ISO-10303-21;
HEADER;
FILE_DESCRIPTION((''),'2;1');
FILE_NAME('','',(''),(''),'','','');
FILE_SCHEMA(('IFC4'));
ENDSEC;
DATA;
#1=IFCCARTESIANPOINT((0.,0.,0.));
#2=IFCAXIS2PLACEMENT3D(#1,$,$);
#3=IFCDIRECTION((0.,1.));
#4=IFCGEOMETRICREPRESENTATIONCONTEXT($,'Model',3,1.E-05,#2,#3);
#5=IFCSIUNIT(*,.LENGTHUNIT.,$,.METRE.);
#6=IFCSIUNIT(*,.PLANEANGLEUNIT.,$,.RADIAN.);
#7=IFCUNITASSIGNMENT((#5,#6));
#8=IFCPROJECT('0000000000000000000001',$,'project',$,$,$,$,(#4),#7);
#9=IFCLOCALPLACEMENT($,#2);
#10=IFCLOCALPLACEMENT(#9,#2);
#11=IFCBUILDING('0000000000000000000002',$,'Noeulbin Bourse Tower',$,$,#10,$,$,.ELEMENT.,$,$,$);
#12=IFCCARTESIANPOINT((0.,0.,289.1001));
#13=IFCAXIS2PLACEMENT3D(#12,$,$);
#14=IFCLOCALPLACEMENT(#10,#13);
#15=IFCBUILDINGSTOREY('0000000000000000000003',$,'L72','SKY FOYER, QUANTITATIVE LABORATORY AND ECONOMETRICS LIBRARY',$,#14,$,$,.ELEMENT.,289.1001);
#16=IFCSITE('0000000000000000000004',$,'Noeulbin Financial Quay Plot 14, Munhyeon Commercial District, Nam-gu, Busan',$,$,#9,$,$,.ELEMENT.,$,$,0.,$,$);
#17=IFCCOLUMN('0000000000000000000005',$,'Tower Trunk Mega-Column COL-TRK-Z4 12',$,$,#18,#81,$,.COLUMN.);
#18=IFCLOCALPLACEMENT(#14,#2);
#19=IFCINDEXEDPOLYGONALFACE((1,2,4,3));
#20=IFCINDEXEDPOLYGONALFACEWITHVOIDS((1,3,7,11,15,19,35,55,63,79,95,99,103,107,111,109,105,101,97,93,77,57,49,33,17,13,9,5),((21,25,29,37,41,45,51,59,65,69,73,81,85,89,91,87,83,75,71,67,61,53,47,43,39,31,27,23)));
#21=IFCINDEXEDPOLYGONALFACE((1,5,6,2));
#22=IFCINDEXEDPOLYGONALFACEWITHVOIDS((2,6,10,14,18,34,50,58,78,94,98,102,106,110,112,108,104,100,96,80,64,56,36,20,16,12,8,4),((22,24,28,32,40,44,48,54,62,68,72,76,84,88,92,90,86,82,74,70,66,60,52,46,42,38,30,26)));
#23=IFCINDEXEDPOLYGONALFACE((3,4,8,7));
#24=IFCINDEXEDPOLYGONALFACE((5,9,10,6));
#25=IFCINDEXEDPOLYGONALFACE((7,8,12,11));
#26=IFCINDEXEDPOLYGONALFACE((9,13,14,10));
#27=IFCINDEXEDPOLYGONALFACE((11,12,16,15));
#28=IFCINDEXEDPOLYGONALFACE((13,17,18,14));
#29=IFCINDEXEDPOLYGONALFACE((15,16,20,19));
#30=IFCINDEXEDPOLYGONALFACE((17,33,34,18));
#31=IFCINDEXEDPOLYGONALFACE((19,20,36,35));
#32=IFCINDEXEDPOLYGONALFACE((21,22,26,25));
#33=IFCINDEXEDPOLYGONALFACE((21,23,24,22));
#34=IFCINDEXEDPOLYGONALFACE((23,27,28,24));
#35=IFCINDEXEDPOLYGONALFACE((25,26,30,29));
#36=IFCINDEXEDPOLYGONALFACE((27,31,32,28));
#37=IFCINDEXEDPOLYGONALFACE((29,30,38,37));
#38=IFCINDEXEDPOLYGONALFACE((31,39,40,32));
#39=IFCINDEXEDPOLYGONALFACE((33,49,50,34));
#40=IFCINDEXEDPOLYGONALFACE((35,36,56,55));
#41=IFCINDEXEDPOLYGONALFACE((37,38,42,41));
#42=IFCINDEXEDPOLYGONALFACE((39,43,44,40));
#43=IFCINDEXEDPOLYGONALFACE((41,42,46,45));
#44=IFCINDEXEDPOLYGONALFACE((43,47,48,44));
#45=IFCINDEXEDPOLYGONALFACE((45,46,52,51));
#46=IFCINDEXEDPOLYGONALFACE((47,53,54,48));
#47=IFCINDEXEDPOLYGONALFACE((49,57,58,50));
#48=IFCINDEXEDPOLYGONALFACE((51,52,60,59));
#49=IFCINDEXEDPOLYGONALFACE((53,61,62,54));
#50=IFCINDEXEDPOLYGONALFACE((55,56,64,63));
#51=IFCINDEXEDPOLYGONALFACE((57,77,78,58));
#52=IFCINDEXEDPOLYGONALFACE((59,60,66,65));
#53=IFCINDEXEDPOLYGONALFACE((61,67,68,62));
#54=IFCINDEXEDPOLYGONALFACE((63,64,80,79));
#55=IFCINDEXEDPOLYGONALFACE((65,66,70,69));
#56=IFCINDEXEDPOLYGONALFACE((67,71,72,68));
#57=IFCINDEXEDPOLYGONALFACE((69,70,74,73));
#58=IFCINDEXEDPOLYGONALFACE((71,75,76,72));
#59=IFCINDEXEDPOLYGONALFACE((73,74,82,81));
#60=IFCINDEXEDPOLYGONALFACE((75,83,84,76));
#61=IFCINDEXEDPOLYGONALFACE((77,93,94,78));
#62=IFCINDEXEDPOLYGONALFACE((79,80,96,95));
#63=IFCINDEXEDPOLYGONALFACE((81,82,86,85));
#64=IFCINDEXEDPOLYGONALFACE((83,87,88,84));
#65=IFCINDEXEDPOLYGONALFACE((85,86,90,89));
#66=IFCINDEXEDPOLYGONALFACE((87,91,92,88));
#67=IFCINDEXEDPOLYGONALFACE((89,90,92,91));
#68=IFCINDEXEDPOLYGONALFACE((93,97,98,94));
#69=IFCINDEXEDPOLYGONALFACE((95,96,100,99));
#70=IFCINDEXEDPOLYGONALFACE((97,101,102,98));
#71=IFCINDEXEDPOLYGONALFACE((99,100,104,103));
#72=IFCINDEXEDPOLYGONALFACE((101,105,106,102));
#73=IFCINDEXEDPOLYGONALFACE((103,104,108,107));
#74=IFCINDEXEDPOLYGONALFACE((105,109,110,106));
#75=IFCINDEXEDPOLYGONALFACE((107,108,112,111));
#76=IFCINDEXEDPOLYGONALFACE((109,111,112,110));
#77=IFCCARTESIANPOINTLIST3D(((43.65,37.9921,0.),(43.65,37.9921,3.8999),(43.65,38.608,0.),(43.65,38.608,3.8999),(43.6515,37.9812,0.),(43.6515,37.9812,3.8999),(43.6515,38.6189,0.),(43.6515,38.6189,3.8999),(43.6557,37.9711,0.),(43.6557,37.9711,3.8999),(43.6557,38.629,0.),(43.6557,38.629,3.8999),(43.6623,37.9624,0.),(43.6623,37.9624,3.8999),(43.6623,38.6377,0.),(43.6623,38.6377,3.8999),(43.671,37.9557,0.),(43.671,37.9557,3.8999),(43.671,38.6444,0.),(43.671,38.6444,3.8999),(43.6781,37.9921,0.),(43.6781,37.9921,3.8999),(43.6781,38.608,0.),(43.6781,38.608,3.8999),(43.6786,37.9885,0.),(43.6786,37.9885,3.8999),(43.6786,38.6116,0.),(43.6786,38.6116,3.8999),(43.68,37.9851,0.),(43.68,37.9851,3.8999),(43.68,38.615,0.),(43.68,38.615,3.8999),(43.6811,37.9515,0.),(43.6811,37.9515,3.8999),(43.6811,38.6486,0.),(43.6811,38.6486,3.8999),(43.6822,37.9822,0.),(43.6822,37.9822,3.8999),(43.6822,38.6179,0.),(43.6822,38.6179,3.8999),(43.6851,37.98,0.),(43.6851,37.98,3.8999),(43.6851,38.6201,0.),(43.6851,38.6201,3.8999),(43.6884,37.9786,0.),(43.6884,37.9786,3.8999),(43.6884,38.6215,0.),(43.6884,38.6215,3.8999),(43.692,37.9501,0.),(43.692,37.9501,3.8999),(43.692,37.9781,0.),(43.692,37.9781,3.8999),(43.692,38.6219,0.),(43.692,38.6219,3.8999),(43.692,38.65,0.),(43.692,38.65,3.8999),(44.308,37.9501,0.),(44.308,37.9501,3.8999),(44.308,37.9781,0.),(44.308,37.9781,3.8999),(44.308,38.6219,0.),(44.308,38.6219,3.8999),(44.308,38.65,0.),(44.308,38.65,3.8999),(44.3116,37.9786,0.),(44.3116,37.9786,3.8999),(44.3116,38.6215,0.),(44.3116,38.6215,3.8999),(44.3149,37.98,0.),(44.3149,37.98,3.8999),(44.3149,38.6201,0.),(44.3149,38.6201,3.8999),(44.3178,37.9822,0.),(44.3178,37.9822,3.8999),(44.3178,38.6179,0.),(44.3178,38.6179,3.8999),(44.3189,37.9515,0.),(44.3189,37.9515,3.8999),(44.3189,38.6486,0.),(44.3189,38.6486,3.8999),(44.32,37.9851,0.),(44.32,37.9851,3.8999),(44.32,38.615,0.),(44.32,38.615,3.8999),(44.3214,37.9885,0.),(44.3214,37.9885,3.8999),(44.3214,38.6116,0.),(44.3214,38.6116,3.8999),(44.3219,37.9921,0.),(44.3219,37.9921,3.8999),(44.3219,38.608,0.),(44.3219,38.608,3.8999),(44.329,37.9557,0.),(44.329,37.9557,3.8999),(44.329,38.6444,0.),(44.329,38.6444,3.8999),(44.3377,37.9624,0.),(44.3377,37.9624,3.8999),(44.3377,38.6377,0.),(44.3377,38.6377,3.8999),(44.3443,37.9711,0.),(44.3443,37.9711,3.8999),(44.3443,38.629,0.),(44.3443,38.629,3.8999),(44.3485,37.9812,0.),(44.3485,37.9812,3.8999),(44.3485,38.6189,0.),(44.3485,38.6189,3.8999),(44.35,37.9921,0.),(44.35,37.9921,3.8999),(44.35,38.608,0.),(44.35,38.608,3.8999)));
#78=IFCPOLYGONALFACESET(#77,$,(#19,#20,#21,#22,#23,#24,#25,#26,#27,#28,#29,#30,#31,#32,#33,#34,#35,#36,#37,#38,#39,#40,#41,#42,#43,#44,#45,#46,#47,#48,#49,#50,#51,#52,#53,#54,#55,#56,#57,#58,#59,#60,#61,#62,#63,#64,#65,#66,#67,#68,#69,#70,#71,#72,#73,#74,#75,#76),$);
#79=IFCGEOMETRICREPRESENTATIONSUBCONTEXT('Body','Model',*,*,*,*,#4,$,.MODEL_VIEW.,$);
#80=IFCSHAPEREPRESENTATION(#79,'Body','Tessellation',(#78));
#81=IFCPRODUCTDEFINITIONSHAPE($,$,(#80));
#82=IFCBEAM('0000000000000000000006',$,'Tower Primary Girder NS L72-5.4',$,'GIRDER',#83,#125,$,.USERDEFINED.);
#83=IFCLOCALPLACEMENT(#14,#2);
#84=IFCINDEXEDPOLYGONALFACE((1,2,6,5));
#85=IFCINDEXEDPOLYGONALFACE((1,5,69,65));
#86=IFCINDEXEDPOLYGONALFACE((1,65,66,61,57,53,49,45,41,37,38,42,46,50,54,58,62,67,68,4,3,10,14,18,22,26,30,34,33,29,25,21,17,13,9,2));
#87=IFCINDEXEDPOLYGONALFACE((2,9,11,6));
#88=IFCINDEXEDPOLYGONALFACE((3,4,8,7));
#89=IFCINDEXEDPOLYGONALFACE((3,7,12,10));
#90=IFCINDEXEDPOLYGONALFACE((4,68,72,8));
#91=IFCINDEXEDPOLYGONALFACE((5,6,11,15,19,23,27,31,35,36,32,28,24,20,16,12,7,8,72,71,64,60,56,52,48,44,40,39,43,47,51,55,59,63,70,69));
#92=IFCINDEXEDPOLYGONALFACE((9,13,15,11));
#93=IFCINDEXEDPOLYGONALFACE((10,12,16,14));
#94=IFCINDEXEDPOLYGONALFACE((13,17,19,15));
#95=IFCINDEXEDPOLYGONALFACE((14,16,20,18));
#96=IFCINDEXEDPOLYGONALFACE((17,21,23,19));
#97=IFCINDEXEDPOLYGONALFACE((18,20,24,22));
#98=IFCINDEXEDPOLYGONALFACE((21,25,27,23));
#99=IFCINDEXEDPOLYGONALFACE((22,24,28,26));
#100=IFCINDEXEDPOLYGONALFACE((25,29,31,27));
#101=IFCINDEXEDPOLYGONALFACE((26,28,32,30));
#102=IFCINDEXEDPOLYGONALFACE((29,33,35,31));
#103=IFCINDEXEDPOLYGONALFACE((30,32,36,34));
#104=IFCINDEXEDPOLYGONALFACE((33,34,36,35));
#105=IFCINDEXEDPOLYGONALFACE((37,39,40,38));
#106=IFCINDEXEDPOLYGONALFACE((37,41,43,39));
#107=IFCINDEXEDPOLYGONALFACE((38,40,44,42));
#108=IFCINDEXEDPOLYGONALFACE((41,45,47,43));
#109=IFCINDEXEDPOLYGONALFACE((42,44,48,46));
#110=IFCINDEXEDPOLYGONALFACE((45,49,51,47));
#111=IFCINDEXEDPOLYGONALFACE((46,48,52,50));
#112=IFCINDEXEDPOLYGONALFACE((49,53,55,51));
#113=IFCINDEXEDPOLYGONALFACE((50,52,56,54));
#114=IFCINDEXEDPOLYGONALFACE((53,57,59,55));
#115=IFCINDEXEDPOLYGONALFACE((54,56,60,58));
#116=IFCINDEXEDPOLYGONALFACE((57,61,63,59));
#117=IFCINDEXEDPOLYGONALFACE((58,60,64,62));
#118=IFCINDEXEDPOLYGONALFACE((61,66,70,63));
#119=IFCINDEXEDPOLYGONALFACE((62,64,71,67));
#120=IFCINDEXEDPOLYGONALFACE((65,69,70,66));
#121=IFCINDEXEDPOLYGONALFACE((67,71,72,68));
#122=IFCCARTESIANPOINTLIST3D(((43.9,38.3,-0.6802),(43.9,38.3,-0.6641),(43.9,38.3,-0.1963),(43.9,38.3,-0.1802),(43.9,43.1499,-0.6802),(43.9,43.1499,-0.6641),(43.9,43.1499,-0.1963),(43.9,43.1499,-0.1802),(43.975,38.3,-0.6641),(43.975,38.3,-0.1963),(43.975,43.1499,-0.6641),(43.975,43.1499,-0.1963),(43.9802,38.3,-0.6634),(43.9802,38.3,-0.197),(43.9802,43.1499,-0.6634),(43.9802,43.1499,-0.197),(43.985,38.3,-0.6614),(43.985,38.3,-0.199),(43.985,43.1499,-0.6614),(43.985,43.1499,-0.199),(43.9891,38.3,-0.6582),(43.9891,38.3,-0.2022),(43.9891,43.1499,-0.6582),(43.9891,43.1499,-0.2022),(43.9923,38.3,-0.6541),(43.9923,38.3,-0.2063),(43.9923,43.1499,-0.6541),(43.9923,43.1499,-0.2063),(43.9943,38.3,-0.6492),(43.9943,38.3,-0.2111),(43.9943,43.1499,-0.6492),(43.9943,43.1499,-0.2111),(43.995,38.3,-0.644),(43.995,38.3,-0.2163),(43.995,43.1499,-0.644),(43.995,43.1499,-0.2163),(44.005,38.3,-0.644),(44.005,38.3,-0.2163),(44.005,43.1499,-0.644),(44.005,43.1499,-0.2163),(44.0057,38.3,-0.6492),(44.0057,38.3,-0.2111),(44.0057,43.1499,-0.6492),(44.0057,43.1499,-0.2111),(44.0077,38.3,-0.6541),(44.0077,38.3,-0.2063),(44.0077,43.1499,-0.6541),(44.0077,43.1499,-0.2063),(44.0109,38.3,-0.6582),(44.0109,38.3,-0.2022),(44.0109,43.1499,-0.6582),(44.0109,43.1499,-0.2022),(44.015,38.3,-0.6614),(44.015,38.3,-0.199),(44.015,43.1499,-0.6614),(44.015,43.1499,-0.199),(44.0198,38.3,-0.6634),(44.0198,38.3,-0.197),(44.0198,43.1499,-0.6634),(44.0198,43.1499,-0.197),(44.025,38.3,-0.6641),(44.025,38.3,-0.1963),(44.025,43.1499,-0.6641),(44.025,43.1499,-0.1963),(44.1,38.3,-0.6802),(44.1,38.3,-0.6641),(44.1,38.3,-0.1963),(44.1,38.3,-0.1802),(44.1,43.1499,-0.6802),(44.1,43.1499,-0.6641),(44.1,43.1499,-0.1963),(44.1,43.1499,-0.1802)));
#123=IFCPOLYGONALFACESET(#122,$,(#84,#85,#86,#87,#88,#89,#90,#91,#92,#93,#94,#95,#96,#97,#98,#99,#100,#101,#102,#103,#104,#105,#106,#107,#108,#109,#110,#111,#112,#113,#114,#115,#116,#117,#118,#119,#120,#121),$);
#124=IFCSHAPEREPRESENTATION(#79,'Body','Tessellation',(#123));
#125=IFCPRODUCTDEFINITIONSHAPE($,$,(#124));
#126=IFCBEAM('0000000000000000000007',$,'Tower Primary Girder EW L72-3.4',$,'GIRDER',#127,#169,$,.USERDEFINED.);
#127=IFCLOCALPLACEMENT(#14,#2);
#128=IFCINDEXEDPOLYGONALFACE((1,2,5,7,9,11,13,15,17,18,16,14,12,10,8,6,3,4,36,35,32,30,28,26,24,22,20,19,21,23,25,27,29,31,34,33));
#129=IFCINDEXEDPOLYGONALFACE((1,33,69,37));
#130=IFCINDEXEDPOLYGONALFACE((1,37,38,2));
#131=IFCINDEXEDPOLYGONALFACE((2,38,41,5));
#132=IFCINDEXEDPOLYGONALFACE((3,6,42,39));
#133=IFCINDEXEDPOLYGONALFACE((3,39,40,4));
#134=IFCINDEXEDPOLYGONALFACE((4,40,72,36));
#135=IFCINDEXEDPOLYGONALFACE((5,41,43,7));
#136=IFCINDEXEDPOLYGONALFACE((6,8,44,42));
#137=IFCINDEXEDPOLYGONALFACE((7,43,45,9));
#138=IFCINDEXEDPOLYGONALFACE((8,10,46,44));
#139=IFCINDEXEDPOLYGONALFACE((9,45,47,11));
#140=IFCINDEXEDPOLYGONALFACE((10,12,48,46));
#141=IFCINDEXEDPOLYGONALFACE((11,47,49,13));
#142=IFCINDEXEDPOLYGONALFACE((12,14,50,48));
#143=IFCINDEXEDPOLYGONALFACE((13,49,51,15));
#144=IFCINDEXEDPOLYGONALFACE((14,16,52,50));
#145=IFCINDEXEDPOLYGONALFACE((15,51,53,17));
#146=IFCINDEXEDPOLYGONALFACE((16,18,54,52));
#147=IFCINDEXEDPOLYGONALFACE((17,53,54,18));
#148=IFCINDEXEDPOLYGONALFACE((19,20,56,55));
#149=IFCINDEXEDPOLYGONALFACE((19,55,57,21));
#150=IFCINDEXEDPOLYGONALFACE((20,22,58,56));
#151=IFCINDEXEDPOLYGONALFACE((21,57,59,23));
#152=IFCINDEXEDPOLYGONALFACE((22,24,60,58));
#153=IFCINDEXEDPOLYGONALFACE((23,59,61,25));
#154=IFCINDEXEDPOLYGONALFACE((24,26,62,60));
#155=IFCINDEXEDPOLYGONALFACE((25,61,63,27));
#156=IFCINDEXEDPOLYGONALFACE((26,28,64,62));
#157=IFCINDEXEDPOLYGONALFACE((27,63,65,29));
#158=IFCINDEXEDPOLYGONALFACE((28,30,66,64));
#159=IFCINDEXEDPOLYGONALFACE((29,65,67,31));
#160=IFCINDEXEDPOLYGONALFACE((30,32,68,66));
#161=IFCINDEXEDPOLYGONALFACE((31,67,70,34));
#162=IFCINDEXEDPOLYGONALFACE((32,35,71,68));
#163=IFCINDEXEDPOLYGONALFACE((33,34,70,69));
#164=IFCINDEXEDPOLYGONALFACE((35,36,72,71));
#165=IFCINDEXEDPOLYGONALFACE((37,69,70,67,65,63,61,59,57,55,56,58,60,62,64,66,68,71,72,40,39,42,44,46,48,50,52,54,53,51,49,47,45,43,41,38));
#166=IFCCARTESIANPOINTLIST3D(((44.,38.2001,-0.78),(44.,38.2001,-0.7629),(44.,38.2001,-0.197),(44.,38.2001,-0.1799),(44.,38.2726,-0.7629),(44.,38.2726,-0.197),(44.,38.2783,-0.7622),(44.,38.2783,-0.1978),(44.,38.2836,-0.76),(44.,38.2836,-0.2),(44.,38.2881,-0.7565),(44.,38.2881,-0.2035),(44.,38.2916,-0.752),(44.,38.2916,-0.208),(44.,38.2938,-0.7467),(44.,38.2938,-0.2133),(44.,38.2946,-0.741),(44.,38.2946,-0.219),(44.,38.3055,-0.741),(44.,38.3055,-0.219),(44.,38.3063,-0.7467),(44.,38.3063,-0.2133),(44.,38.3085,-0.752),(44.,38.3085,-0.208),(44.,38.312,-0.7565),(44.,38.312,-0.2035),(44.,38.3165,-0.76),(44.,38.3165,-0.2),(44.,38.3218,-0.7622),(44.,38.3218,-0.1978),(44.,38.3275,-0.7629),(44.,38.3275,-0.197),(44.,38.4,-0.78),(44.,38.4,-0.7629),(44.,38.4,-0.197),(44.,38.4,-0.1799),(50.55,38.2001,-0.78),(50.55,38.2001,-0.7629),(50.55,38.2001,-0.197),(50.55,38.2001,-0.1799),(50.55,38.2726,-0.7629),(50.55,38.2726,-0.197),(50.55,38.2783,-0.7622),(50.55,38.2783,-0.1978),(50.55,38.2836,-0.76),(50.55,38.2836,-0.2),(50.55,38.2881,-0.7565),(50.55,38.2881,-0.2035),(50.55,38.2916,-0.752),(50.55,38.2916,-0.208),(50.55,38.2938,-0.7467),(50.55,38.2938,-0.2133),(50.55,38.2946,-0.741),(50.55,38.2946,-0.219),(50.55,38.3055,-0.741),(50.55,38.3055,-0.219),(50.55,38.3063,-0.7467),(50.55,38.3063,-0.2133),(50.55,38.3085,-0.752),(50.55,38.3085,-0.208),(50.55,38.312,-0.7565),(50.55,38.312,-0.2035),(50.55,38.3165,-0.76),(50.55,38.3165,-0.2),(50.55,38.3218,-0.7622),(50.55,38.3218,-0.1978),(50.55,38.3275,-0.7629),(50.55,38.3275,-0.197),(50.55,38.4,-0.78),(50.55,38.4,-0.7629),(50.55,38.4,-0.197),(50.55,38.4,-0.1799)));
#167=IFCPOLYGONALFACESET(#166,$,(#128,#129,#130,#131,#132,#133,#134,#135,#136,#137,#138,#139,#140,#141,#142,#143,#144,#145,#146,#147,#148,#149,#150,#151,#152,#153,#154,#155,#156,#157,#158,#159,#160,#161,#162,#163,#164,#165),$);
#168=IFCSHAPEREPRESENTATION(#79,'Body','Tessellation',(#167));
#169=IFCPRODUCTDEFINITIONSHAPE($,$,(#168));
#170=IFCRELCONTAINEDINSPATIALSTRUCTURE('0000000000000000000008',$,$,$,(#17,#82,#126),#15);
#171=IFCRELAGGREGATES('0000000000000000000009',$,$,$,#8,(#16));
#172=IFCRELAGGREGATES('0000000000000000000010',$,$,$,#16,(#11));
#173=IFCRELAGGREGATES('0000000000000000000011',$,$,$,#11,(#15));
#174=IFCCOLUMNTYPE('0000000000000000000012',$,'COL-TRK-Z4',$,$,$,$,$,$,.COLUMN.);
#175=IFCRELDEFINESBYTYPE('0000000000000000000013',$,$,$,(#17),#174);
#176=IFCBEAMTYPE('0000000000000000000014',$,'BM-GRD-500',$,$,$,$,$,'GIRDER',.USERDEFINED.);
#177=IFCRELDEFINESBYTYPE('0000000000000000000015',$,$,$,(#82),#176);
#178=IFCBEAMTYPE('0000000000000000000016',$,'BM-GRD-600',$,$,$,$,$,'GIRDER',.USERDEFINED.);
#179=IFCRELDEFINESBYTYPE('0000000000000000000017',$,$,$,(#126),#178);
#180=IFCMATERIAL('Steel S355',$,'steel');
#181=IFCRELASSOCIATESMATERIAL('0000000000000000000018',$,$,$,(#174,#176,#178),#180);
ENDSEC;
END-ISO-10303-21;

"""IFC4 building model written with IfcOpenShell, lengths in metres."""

from ifc_helpers import new_model, si_unit, direction, frame, origin, origin_2d, place, context, subcontext, project, spatial, hollow_rectangle, i_section, extrude, material, material_profile, profile_set, type_object, element, save


model = new_model("IFC4")

# Units and contexts
model_context = context("Model", 3, precision=1e-05, world=origin(), true_north=direction((0.0, 1.0)))
body_context = subcontext(model_context, "Body", "Model", "MODEL_VIEW")
ifc_project = project(units=[si_unit("LENGTHUNIT", "METRE"), si_unit("PLANEANGLEUNIT", "RADIAN")], contexts=[model_context])

# Site, building, storey
site_placement = place(None, origin())
site = spatial("IfcSite", under=ifc_project, at=site_placement, Name="Noeulbin Financial Quay Plot 14, Munhyeon Commercial District, Nam-gu, Busan", CompositionType="ELEMENT", RefElevation=0.0)
building_placement = place(site_placement, origin())
building = spatial("IfcBuilding", under=site, at=building_placement, Name="Noeulbin Bourse Tower", CompositionType="ELEMENT")
storey_placement = place(building_placement, frame((0.0, 0.0, 289.1001)))
storey = spatial("IfcBuildingStorey", under=building, at=storey_placement, Name="L72", Description="SKY FOYER, QUANTITATIVE LABORATORY AND ECONOMETRICS LIBRARY", CompositionType="ELEMENT", Elevation=289.1001)

# Column
ifc_material_1 = material(Name="Steel S355", Category="steel")
ifc_material_profile_1 = material_profile(ifc_material_1, hollow_rectangle(XDim=0.7, YDim=0.7, WallThickness=0.0281, InnerFilletRadius=0.0139, OuterFilletRadius=0.042, at=origin_2d()), Name="BOX-700x700x28", Category="LoadBearing")
ifc_profile_set_1 = profile_set([ifc_material_profile_1], Name="Steel S355")
column_type_1 = type_object("IfcColumnType", Name="COL-TRK-Z4", PredefinedType="COLUMN", material=ifc_profile_set_1)
column_placement = place(storey_placement, frame((44.0, 38.3, 0.0), z_axis=(0.0, 0.0, 1.0), x_axis=(1.0, 0.0, 0.0)))
element("IfcColumn", 1, at=column_placement, inside=storey, type_object=column_type_1, Name="Tower Trunk Mega-Column COL-TRK-Z4 12", PredefinedType="COLUMN", context=body_context, shape_type="SweptSolid", body=[
    extrude(hollow_rectangle(XDim=0.7, YDim=0.7, WallThickness=0.0281, InnerFilletRadius=0.0139, OuterFilletRadius=0.042, at=origin_2d()), origin(), (0.0, 0.0, 1.0), 3.8999),
])

# Beams
ifc_material_profile_2 = material_profile(ifc_material_1, i_section(OverallWidth=0.2, OverallDepth=0.5, WebThickness=0.01, FlangeThickness=0.0161, FilletRadius=0.02, at=origin_2d()), Name="H-500x200x10x16", Category="LoadBearing")
ifc_profile_set_2 = profile_set([ifc_material_profile_2], Name="Steel S355")
beam_type_1 = type_object("IfcBeamType", Name="BM-GRD-500", ElementType="GIRDER", PredefinedType="USERDEFINED", material=ifc_profile_set_2)
beam_1_placement = place(storey_placement, frame((44.0, 38.3, -0.4302), z_axis=(0.0, 1.0, 0.0), x_axis=(-1.0, 0.0, 0.0)))
element("IfcBeam", 2, at=beam_1_placement, inside=storey, type_object=beam_type_1, Name="Tower Primary Girder NS L72-5.4", ObjectType="GIRDER", PredefinedType="USERDEFINED", context=body_context, shape_type="SweptSolid", body=[
    extrude(i_section(OverallWidth=0.2, OverallDepth=0.5, WebThickness=0.01, FlangeThickness=0.0161, FilletRadius=0.02, at=origin_2d()), origin(), (0.0, 0.0, 1.0), 4.8499),
])
ifc_material_profile_3 = material_profile(ifc_material_1, i_section(OverallWidth=0.2, OverallDepth=0.6001, WebThickness=0.011, FlangeThickness=0.0171, FilletRadius=0.022, at=origin_2d()), Name="H-600x200x11x17", Category="LoadBearing")
ifc_profile_set_3 = profile_set([ifc_material_profile_3], Name="Steel S355")
beam_type_2 = type_object("IfcBeamType", Name="BM-GRD-600", ElementType="GIRDER", PredefinedType="USERDEFINED", material=ifc_profile_set_3)
beam_2_placement = place(storey_placement, frame((44.0, 38.3, -0.48), z_axis=(1.0, 0.0, 0.0), x_axis=(0.0, 1.0, 0.0)))
element("IfcBeam", 3, at=beam_2_placement, inside=storey, type_object=beam_type_2, Name="Tower Primary Girder EW L72-3.4", ObjectType="GIRDER", PredefinedType="USERDEFINED", context=body_context, shape_type="SweptSolid", body=[
    extrude(i_section(OverallWidth=0.2, OverallDepth=0.6001, WebThickness=0.011, FlangeThickness=0.0171, FilletRadius=0.022, at=origin_2d()), origin(), (0.0, 0.0, 1.0), 6.55),
])

save(model, "model.ifc")
